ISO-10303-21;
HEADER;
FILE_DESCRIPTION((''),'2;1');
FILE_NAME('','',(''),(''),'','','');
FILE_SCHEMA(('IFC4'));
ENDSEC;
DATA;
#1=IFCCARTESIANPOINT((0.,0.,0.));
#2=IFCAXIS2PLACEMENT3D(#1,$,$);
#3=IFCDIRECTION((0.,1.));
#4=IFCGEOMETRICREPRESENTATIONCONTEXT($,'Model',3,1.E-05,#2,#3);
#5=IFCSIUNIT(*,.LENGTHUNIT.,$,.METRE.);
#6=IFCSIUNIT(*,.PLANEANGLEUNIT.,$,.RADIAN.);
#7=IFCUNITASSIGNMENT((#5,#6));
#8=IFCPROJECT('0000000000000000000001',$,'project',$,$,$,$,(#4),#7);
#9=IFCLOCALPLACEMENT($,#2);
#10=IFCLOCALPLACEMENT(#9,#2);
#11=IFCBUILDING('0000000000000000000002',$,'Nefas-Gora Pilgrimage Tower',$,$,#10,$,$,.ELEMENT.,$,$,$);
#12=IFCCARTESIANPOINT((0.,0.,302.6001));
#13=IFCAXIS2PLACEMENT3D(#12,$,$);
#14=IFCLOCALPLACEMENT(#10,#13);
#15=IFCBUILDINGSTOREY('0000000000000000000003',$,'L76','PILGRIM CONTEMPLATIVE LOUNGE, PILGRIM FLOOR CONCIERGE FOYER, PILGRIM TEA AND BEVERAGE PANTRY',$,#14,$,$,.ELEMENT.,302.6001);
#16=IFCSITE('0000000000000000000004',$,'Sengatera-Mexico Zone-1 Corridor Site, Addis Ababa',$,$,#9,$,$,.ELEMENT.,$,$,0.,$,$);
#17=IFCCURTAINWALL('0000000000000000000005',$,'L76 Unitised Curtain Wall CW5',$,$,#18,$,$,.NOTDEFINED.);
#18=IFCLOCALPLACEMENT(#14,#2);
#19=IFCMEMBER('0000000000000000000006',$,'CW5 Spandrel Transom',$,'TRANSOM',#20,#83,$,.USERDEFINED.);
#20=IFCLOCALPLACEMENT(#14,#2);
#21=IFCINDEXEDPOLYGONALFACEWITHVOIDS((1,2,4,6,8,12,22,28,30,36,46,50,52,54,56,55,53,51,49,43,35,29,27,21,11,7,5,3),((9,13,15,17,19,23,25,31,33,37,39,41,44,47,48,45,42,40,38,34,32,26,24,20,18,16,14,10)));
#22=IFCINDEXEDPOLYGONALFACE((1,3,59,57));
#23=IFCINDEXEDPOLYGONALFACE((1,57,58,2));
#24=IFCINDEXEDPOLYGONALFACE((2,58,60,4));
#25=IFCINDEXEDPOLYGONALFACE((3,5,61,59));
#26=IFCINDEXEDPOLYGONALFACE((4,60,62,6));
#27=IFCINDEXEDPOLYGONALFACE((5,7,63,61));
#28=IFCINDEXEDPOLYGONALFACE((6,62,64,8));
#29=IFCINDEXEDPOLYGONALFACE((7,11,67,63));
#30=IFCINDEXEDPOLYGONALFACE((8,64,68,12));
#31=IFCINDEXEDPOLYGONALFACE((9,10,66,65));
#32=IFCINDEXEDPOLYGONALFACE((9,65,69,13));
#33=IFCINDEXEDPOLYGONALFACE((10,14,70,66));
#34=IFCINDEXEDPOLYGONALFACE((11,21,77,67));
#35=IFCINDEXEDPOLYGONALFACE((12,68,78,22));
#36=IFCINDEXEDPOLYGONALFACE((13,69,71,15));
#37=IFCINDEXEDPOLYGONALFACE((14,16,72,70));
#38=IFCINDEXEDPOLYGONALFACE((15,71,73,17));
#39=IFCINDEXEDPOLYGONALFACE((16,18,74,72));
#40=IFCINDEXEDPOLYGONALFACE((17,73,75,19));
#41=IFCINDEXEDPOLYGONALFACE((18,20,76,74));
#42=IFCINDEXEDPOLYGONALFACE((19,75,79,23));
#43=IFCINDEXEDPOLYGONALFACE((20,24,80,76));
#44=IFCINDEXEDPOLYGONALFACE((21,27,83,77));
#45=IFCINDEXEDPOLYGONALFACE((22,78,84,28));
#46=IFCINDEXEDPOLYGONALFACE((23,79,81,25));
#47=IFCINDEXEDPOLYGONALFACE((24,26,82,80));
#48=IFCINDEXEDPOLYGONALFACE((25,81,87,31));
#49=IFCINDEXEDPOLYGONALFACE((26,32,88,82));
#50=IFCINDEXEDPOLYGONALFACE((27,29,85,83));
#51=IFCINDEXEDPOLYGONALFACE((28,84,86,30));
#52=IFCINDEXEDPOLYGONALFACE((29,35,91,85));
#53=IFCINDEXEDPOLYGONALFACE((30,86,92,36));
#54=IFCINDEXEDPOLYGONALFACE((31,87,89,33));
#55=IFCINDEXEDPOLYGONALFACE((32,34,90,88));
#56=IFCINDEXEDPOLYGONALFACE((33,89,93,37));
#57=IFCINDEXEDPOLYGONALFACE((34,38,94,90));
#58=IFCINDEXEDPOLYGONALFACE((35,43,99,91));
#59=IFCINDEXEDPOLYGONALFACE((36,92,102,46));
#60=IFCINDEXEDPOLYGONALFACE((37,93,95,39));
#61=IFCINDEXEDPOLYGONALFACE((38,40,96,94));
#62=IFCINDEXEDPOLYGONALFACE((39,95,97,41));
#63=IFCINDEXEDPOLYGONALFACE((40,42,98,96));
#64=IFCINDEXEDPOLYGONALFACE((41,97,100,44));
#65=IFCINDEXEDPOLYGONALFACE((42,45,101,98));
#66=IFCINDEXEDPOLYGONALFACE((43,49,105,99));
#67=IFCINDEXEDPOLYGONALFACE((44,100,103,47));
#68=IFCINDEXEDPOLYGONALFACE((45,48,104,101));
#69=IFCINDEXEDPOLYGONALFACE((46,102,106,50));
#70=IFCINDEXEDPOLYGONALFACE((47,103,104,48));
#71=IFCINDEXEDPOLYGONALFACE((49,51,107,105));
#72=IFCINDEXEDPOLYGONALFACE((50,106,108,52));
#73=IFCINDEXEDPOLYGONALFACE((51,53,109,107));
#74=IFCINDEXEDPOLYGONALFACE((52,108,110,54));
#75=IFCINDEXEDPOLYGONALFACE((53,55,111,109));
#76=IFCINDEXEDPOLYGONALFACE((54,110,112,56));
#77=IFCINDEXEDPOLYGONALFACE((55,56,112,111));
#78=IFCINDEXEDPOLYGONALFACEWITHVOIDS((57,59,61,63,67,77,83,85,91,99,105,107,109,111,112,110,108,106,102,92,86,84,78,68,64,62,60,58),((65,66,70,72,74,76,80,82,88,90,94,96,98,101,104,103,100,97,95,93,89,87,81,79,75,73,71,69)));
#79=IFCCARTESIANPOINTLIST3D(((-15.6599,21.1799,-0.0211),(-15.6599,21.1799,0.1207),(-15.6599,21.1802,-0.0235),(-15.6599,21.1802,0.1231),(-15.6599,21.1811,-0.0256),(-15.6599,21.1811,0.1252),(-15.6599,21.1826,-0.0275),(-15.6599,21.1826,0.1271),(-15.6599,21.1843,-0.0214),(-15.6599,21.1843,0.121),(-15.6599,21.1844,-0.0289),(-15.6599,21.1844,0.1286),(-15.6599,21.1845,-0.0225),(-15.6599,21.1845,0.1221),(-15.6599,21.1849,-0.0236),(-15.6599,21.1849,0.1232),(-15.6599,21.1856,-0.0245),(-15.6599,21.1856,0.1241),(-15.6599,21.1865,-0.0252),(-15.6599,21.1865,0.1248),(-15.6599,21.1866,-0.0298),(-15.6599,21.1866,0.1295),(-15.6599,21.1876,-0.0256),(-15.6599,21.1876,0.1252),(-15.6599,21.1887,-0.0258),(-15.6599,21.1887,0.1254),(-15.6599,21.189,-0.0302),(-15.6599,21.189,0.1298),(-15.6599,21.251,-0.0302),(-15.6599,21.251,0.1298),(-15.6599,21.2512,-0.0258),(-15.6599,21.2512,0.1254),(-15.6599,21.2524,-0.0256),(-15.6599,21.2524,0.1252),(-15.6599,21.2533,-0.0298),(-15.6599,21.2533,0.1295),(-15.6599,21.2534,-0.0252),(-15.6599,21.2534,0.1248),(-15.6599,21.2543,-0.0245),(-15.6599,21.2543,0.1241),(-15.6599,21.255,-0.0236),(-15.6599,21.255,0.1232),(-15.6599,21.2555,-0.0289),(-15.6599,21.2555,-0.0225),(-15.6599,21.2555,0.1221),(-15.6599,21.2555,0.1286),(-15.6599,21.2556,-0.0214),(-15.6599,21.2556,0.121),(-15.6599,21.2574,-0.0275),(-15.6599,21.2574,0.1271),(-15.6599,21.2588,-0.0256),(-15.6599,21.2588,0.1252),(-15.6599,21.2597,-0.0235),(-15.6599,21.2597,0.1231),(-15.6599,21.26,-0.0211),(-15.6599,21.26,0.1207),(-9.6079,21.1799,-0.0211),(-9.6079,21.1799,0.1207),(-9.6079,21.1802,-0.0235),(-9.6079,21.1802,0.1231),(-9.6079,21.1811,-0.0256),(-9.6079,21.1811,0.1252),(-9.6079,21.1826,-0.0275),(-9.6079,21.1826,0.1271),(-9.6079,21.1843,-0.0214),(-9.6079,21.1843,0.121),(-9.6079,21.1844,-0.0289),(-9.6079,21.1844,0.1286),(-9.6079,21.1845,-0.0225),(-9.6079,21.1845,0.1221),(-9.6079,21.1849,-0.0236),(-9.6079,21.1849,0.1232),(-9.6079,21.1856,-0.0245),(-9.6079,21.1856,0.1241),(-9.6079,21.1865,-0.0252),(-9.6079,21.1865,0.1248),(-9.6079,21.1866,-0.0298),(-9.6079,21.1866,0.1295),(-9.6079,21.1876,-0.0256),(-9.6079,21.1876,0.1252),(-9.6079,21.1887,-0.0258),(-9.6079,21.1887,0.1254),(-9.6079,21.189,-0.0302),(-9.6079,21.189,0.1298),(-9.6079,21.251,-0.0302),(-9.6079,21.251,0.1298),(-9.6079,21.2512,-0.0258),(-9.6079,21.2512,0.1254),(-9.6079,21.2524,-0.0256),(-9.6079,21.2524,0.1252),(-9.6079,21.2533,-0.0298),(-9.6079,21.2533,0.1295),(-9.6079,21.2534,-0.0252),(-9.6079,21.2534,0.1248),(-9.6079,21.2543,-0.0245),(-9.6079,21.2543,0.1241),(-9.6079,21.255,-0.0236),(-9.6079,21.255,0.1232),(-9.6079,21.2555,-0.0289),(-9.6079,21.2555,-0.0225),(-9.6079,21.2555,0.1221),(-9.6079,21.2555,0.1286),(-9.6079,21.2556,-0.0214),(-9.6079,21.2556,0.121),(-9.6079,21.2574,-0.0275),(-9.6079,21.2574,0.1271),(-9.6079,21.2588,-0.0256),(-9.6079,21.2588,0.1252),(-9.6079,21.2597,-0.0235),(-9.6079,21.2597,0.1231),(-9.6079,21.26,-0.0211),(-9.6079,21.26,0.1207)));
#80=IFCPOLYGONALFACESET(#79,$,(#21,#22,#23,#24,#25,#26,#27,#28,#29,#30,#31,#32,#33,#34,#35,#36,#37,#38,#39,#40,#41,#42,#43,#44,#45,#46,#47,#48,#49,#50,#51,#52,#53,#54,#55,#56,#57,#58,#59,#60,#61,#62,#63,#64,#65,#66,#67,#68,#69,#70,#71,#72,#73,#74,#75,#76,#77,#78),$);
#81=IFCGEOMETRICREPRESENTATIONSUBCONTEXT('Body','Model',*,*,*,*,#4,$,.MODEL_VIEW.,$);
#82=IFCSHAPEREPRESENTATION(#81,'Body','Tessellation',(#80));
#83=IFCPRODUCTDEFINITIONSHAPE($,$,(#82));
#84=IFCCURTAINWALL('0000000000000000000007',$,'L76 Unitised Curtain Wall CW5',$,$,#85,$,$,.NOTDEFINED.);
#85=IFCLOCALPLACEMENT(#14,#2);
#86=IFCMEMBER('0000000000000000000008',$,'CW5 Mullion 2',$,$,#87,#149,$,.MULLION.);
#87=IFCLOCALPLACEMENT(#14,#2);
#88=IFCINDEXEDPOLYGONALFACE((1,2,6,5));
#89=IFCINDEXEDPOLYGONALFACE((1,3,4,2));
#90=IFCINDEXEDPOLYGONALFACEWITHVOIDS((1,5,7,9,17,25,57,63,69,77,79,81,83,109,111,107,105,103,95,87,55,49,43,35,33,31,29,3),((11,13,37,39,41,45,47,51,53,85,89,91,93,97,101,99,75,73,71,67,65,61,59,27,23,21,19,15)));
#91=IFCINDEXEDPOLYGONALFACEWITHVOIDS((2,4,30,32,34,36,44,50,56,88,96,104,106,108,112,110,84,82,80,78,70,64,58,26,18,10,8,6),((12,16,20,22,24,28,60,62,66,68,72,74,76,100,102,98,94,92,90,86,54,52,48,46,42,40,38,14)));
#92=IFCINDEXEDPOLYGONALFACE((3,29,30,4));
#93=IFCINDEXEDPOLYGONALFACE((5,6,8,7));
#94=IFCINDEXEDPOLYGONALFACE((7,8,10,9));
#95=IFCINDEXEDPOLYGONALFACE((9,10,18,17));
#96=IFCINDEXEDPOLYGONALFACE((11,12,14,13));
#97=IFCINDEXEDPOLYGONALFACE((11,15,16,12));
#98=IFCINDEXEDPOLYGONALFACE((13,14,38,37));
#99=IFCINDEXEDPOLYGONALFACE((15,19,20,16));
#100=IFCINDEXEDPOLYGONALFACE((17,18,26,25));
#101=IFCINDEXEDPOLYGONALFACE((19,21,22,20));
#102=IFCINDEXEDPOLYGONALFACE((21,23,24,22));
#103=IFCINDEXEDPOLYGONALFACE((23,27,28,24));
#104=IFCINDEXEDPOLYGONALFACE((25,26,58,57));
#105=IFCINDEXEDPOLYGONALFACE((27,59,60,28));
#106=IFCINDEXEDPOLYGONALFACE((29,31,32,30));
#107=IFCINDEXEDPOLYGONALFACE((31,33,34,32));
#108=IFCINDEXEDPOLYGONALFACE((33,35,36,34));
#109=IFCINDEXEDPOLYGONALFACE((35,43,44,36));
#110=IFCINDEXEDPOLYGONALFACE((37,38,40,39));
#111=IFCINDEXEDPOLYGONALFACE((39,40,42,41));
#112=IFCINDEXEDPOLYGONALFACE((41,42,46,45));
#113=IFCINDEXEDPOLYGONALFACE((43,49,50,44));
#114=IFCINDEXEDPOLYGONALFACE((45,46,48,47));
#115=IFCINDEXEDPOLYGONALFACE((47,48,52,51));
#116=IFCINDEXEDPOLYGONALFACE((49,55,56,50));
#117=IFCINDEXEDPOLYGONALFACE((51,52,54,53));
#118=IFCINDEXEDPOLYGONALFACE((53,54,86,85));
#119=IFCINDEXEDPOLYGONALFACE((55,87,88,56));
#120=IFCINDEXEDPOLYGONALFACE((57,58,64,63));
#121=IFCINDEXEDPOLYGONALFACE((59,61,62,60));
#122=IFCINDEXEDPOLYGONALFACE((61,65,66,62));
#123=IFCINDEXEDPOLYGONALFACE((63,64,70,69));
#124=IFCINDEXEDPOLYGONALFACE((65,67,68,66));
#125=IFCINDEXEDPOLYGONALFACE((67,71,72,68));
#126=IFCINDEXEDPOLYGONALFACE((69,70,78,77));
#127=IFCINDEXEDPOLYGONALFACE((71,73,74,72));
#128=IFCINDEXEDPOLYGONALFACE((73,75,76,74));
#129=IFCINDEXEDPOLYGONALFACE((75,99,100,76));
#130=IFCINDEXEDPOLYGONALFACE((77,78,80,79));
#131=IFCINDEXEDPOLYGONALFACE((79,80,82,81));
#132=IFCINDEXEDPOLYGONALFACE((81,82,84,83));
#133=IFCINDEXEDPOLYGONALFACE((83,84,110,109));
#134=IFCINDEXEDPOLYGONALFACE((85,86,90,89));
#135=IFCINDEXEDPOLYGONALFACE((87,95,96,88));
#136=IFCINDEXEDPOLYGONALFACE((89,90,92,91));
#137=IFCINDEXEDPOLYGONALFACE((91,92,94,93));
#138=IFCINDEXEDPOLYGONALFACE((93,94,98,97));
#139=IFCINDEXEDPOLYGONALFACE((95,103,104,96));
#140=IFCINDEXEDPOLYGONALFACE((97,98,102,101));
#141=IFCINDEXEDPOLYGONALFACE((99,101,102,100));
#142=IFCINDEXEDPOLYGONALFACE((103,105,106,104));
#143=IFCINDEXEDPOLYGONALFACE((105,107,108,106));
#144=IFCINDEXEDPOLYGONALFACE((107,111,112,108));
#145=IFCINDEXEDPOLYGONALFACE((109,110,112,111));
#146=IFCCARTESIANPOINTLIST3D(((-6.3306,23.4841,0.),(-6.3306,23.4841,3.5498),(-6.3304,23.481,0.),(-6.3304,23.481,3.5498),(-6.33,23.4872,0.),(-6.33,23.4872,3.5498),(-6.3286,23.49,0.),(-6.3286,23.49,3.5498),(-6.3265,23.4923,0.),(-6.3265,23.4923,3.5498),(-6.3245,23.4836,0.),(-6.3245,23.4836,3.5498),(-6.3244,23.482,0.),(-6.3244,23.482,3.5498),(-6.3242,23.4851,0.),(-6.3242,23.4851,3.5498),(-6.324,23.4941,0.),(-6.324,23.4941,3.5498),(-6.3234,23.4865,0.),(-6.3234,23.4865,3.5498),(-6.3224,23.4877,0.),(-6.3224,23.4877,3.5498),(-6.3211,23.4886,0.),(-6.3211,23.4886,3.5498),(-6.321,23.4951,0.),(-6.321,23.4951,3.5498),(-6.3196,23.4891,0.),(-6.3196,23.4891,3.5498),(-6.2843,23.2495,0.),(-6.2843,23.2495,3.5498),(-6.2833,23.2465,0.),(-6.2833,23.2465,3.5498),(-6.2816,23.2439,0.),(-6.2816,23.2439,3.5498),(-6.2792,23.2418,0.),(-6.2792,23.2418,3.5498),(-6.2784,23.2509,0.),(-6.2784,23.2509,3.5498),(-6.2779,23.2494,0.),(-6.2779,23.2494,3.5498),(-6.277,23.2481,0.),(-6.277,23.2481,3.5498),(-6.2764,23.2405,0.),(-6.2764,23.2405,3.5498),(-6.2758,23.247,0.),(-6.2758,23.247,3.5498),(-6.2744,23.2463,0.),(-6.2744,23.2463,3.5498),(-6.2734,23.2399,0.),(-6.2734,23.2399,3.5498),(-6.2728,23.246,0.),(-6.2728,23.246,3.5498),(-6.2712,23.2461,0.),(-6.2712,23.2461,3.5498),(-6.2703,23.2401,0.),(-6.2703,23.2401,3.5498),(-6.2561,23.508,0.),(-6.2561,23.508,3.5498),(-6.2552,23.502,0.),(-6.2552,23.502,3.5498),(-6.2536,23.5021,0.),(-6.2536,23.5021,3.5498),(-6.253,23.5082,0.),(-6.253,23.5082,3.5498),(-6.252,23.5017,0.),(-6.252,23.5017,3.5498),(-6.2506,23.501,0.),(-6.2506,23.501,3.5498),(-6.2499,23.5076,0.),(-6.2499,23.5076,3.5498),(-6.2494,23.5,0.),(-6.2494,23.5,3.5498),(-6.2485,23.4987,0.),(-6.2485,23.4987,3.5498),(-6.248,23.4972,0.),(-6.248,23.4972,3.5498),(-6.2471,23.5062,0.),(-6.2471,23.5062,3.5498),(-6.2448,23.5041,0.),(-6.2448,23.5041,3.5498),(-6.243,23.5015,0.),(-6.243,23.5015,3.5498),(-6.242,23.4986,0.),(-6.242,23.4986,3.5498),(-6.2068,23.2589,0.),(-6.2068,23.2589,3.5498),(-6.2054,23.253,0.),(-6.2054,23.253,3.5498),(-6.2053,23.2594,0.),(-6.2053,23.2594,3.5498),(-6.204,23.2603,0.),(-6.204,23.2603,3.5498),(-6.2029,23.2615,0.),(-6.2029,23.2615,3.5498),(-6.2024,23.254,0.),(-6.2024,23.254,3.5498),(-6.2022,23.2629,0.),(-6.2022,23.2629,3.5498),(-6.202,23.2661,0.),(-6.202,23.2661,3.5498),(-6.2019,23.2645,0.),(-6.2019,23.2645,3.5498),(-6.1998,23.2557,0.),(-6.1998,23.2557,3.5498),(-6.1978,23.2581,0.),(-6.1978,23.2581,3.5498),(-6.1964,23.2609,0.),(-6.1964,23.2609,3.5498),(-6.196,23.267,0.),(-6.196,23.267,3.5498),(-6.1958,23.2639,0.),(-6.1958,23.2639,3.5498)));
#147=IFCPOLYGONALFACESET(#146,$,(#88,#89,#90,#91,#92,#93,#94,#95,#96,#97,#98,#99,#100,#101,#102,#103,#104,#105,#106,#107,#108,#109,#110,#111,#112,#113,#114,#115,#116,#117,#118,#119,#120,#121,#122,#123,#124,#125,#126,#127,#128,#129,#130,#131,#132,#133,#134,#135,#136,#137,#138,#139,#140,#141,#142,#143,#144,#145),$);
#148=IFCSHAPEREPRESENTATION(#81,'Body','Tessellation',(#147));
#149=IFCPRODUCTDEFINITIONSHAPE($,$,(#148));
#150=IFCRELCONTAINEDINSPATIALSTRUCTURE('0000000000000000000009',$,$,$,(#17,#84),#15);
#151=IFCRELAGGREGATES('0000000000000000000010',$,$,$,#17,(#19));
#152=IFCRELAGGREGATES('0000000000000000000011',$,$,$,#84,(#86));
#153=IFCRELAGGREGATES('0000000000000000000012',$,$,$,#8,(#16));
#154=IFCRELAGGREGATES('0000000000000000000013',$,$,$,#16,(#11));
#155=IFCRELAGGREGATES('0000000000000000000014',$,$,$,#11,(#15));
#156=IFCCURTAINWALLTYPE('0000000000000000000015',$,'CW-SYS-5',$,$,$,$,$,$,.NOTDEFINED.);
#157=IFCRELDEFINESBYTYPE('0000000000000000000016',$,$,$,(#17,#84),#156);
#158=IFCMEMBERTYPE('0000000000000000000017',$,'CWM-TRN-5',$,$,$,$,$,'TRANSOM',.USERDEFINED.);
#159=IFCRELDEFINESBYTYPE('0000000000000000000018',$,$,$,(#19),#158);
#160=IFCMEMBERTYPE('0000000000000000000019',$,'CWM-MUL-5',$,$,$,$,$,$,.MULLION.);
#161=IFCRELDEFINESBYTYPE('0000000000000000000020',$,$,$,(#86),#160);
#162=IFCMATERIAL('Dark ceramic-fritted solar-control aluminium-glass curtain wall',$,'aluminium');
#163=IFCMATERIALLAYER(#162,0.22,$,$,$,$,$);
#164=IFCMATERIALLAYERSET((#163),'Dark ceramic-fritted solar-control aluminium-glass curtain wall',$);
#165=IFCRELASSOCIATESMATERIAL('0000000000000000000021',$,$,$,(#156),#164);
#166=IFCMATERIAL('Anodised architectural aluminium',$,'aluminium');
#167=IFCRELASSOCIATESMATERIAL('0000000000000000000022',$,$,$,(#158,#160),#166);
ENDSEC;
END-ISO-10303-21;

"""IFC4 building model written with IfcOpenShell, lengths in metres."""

from ifc_helpers import new_model, si_unit, direction, frame, origin, origin_2d, place, context, subcontext, project, spatial, hollow_rectangle, extrude, source, transform, mapped, material, layer, layer_set, material_profile, profile_set, type_object, element, aggregate, save


model = new_model("IFC4")

# Units and contexts
model_context = context("Model", 3, precision=1e-05, world=origin(), true_north=direction((0.0, 1.0)))
body_context = subcontext(model_context, "Body", "Model", "MODEL_VIEW")
ifc_project = project(units=[si_unit("LENGTHUNIT", "METRE"), si_unit("PLANEANGLEUNIT", "RADIAN")], contexts=[model_context])

# Site, building, storey
site_placement = place(None, origin())
site = spatial("IfcSite", under=ifc_project, at=site_placement, Name="Sengatera-Mexico Zone-1 Corridor Site, Addis Ababa", CompositionType="ELEMENT", RefElevation=0.0)
building_placement = place(site_placement, origin())
building = spatial("IfcBuilding", under=site, at=building_placement, Name="Nefas-Gora Pilgrimage Tower", CompositionType="ELEMENT")
storey_placement = place(building_placement, frame((0.0, 0.0, 302.6001)))
storey = spatial("IfcBuildingStorey", under=building, at=storey_placement, Name="L76", Description="PILGRIM CONTEMPLATIVE LOUNGE, PILGRIM FLOOR CONCIERGE FOYER, PILGRIM TEA AND BEVERAGE PANTRY", CompositionType="ELEMENT", Elevation=302.6001)

# Curtain walls, members
ifc_material_1 = material(Name="Dark ceramic-fritted solar-control aluminium-glass curtain wall", Category="aluminium")
ifc_layer_1 = layer(ifc_material_1, 0.22)
ifc_layer_set_1 = layer_set([ifc_layer_1], Name="Dark ceramic-fritted solar-control aluminium-glass curtain wall")
curtain_wall_type = type_object("IfcCurtainWallType", Name="CW-SYS-5", PredefinedType="NOTDEFINED", material=ifc_layer_set_1)
curtain_wall_1_placement = place(storey_placement, origin())
curtain_wall_1 = element("IfcCurtainWall", 1, at=curtain_wall_1_placement, inside=storey, type_object=curtain_wall_type, Name="L76 Unitised Curtain Wall CW5", PredefinedType="NOTDEFINED")
ifc_material_2 = material(Name="Anodised architectural aluminium", Category="aluminium")
ifc_material_profile_1 = material_profile(ifc_material_2, hollow_rectangle(XDim=0.0801, YDim=0.1599, WallThickness=0.0044, InnerFilletRadius=0.0044, OuterFilletRadius=0.009, at=origin_2d()), Name="ALU TRANSOM 80x160")
ifc_profile_set_1 = profile_set([ifc_material_profile_1], Name="Anodised architectural aluminium")
member_type_1 = type_object("IfcMemberType", Name="CWM-TRN-5", ElementType="TRANSOM", PredefinedType="USERDEFINED", material=ifc_profile_set_1)
shared_shape_1 = source(origin(), body_context, "Body", "SweptSolid", [
    extrude(hollow_rectangle(XDim=0.0801, YDim=0.1599, WallThickness=0.0044, InnerFilletRadius=0.0044, OuterFilletRadius=0.009, at=origin_2d()), origin(), (0.0, 0.0, 1.0), 6.052),
])
member_1_placement = place(storey_placement, frame((-9.6079, 21.22, 0.0498), z_axis=(-1.0, 0.0, 0.0), x_axis=(0.0, -1.0, 0.0)))
member_1 = element("IfcMember", 2, at=member_1_placement, type_object=member_type_1, Name="CW5 Spandrel Transom", ObjectType="TRANSOM", PredefinedType="USERDEFINED", context=body_context, shape_type="MappedRepresentation", body=[
    mapped(shared_shape_1, transform((0.0, 0.0, 0.0), x_axis=(1.0, 0.0, 0.0), y_axis=(0.0, 1.0, 0.0), z_axis=(0.0, 0.0, 1.0), scale=1.0)),
])
curtain_wall_2_placement = place(storey_placement, origin())
curtain_wall_2 = element("IfcCurtainWall", 3, at=curtain_wall_2_placement, inside=storey, type_object=curtain_wall_type, Name="L76 Unitised Curtain Wall CW5", PredefinedType="NOTDEFINED")
ifc_material_profile_2 = material_profile(ifc_material_2, hollow_rectangle(XDim=0.0901, YDim=0.26, WallThickness=0.0061, InnerFilletRadius=0.0061, OuterFilletRadius=0.012, at=origin_2d()), Name="ALU MULLION 90x260")
ifc_profile_set_2 = profile_set([ifc_material_profile_2], Name="Anodised architectural aluminium")
member_type_2 = type_object("IfcMemberType", Name="CWM-MUL-5", PredefinedType="MULLION", material=ifc_profile_set_2)
shared_shape_2 = source(origin(), body_context, "Body", "SweptSolid", [
    extrude(hollow_rectangle(XDim=0.0901, YDim=0.26, WallThickness=0.0061, InnerFilletRadius=0.0061, OuterFilletRadius=0.012, at=origin_2d()), origin(), (0.0, 0.0, 1.0), 3.5498),
])
member_2_placement = place(storey_placement, frame((-6.2632, 23.374, 0.0), z_axis=(0.0, 0.0, 1.0), x_axis=(-0.980783, -0.195102, 0.0)))
member_2 = element("IfcMember", 4, at=member_2_placement, type_object=member_type_2, Name="CW5 Mullion 2", PredefinedType="MULLION", context=body_context, shape_type="MappedRepresentation", body=[
    mapped(shared_shape_2, transform((0.0, 0.0, 0.0), x_axis=(1.0, 0.0, 0.0), y_axis=(0.0, 1.0, 0.0), z_axis=(0.0, 0.0, 1.0), scale=1.0)),
])

aggregate(curtain_wall_1, [member_1])

aggregate(curtain_wall_2, [member_2])

save(model, "model.ifc")
